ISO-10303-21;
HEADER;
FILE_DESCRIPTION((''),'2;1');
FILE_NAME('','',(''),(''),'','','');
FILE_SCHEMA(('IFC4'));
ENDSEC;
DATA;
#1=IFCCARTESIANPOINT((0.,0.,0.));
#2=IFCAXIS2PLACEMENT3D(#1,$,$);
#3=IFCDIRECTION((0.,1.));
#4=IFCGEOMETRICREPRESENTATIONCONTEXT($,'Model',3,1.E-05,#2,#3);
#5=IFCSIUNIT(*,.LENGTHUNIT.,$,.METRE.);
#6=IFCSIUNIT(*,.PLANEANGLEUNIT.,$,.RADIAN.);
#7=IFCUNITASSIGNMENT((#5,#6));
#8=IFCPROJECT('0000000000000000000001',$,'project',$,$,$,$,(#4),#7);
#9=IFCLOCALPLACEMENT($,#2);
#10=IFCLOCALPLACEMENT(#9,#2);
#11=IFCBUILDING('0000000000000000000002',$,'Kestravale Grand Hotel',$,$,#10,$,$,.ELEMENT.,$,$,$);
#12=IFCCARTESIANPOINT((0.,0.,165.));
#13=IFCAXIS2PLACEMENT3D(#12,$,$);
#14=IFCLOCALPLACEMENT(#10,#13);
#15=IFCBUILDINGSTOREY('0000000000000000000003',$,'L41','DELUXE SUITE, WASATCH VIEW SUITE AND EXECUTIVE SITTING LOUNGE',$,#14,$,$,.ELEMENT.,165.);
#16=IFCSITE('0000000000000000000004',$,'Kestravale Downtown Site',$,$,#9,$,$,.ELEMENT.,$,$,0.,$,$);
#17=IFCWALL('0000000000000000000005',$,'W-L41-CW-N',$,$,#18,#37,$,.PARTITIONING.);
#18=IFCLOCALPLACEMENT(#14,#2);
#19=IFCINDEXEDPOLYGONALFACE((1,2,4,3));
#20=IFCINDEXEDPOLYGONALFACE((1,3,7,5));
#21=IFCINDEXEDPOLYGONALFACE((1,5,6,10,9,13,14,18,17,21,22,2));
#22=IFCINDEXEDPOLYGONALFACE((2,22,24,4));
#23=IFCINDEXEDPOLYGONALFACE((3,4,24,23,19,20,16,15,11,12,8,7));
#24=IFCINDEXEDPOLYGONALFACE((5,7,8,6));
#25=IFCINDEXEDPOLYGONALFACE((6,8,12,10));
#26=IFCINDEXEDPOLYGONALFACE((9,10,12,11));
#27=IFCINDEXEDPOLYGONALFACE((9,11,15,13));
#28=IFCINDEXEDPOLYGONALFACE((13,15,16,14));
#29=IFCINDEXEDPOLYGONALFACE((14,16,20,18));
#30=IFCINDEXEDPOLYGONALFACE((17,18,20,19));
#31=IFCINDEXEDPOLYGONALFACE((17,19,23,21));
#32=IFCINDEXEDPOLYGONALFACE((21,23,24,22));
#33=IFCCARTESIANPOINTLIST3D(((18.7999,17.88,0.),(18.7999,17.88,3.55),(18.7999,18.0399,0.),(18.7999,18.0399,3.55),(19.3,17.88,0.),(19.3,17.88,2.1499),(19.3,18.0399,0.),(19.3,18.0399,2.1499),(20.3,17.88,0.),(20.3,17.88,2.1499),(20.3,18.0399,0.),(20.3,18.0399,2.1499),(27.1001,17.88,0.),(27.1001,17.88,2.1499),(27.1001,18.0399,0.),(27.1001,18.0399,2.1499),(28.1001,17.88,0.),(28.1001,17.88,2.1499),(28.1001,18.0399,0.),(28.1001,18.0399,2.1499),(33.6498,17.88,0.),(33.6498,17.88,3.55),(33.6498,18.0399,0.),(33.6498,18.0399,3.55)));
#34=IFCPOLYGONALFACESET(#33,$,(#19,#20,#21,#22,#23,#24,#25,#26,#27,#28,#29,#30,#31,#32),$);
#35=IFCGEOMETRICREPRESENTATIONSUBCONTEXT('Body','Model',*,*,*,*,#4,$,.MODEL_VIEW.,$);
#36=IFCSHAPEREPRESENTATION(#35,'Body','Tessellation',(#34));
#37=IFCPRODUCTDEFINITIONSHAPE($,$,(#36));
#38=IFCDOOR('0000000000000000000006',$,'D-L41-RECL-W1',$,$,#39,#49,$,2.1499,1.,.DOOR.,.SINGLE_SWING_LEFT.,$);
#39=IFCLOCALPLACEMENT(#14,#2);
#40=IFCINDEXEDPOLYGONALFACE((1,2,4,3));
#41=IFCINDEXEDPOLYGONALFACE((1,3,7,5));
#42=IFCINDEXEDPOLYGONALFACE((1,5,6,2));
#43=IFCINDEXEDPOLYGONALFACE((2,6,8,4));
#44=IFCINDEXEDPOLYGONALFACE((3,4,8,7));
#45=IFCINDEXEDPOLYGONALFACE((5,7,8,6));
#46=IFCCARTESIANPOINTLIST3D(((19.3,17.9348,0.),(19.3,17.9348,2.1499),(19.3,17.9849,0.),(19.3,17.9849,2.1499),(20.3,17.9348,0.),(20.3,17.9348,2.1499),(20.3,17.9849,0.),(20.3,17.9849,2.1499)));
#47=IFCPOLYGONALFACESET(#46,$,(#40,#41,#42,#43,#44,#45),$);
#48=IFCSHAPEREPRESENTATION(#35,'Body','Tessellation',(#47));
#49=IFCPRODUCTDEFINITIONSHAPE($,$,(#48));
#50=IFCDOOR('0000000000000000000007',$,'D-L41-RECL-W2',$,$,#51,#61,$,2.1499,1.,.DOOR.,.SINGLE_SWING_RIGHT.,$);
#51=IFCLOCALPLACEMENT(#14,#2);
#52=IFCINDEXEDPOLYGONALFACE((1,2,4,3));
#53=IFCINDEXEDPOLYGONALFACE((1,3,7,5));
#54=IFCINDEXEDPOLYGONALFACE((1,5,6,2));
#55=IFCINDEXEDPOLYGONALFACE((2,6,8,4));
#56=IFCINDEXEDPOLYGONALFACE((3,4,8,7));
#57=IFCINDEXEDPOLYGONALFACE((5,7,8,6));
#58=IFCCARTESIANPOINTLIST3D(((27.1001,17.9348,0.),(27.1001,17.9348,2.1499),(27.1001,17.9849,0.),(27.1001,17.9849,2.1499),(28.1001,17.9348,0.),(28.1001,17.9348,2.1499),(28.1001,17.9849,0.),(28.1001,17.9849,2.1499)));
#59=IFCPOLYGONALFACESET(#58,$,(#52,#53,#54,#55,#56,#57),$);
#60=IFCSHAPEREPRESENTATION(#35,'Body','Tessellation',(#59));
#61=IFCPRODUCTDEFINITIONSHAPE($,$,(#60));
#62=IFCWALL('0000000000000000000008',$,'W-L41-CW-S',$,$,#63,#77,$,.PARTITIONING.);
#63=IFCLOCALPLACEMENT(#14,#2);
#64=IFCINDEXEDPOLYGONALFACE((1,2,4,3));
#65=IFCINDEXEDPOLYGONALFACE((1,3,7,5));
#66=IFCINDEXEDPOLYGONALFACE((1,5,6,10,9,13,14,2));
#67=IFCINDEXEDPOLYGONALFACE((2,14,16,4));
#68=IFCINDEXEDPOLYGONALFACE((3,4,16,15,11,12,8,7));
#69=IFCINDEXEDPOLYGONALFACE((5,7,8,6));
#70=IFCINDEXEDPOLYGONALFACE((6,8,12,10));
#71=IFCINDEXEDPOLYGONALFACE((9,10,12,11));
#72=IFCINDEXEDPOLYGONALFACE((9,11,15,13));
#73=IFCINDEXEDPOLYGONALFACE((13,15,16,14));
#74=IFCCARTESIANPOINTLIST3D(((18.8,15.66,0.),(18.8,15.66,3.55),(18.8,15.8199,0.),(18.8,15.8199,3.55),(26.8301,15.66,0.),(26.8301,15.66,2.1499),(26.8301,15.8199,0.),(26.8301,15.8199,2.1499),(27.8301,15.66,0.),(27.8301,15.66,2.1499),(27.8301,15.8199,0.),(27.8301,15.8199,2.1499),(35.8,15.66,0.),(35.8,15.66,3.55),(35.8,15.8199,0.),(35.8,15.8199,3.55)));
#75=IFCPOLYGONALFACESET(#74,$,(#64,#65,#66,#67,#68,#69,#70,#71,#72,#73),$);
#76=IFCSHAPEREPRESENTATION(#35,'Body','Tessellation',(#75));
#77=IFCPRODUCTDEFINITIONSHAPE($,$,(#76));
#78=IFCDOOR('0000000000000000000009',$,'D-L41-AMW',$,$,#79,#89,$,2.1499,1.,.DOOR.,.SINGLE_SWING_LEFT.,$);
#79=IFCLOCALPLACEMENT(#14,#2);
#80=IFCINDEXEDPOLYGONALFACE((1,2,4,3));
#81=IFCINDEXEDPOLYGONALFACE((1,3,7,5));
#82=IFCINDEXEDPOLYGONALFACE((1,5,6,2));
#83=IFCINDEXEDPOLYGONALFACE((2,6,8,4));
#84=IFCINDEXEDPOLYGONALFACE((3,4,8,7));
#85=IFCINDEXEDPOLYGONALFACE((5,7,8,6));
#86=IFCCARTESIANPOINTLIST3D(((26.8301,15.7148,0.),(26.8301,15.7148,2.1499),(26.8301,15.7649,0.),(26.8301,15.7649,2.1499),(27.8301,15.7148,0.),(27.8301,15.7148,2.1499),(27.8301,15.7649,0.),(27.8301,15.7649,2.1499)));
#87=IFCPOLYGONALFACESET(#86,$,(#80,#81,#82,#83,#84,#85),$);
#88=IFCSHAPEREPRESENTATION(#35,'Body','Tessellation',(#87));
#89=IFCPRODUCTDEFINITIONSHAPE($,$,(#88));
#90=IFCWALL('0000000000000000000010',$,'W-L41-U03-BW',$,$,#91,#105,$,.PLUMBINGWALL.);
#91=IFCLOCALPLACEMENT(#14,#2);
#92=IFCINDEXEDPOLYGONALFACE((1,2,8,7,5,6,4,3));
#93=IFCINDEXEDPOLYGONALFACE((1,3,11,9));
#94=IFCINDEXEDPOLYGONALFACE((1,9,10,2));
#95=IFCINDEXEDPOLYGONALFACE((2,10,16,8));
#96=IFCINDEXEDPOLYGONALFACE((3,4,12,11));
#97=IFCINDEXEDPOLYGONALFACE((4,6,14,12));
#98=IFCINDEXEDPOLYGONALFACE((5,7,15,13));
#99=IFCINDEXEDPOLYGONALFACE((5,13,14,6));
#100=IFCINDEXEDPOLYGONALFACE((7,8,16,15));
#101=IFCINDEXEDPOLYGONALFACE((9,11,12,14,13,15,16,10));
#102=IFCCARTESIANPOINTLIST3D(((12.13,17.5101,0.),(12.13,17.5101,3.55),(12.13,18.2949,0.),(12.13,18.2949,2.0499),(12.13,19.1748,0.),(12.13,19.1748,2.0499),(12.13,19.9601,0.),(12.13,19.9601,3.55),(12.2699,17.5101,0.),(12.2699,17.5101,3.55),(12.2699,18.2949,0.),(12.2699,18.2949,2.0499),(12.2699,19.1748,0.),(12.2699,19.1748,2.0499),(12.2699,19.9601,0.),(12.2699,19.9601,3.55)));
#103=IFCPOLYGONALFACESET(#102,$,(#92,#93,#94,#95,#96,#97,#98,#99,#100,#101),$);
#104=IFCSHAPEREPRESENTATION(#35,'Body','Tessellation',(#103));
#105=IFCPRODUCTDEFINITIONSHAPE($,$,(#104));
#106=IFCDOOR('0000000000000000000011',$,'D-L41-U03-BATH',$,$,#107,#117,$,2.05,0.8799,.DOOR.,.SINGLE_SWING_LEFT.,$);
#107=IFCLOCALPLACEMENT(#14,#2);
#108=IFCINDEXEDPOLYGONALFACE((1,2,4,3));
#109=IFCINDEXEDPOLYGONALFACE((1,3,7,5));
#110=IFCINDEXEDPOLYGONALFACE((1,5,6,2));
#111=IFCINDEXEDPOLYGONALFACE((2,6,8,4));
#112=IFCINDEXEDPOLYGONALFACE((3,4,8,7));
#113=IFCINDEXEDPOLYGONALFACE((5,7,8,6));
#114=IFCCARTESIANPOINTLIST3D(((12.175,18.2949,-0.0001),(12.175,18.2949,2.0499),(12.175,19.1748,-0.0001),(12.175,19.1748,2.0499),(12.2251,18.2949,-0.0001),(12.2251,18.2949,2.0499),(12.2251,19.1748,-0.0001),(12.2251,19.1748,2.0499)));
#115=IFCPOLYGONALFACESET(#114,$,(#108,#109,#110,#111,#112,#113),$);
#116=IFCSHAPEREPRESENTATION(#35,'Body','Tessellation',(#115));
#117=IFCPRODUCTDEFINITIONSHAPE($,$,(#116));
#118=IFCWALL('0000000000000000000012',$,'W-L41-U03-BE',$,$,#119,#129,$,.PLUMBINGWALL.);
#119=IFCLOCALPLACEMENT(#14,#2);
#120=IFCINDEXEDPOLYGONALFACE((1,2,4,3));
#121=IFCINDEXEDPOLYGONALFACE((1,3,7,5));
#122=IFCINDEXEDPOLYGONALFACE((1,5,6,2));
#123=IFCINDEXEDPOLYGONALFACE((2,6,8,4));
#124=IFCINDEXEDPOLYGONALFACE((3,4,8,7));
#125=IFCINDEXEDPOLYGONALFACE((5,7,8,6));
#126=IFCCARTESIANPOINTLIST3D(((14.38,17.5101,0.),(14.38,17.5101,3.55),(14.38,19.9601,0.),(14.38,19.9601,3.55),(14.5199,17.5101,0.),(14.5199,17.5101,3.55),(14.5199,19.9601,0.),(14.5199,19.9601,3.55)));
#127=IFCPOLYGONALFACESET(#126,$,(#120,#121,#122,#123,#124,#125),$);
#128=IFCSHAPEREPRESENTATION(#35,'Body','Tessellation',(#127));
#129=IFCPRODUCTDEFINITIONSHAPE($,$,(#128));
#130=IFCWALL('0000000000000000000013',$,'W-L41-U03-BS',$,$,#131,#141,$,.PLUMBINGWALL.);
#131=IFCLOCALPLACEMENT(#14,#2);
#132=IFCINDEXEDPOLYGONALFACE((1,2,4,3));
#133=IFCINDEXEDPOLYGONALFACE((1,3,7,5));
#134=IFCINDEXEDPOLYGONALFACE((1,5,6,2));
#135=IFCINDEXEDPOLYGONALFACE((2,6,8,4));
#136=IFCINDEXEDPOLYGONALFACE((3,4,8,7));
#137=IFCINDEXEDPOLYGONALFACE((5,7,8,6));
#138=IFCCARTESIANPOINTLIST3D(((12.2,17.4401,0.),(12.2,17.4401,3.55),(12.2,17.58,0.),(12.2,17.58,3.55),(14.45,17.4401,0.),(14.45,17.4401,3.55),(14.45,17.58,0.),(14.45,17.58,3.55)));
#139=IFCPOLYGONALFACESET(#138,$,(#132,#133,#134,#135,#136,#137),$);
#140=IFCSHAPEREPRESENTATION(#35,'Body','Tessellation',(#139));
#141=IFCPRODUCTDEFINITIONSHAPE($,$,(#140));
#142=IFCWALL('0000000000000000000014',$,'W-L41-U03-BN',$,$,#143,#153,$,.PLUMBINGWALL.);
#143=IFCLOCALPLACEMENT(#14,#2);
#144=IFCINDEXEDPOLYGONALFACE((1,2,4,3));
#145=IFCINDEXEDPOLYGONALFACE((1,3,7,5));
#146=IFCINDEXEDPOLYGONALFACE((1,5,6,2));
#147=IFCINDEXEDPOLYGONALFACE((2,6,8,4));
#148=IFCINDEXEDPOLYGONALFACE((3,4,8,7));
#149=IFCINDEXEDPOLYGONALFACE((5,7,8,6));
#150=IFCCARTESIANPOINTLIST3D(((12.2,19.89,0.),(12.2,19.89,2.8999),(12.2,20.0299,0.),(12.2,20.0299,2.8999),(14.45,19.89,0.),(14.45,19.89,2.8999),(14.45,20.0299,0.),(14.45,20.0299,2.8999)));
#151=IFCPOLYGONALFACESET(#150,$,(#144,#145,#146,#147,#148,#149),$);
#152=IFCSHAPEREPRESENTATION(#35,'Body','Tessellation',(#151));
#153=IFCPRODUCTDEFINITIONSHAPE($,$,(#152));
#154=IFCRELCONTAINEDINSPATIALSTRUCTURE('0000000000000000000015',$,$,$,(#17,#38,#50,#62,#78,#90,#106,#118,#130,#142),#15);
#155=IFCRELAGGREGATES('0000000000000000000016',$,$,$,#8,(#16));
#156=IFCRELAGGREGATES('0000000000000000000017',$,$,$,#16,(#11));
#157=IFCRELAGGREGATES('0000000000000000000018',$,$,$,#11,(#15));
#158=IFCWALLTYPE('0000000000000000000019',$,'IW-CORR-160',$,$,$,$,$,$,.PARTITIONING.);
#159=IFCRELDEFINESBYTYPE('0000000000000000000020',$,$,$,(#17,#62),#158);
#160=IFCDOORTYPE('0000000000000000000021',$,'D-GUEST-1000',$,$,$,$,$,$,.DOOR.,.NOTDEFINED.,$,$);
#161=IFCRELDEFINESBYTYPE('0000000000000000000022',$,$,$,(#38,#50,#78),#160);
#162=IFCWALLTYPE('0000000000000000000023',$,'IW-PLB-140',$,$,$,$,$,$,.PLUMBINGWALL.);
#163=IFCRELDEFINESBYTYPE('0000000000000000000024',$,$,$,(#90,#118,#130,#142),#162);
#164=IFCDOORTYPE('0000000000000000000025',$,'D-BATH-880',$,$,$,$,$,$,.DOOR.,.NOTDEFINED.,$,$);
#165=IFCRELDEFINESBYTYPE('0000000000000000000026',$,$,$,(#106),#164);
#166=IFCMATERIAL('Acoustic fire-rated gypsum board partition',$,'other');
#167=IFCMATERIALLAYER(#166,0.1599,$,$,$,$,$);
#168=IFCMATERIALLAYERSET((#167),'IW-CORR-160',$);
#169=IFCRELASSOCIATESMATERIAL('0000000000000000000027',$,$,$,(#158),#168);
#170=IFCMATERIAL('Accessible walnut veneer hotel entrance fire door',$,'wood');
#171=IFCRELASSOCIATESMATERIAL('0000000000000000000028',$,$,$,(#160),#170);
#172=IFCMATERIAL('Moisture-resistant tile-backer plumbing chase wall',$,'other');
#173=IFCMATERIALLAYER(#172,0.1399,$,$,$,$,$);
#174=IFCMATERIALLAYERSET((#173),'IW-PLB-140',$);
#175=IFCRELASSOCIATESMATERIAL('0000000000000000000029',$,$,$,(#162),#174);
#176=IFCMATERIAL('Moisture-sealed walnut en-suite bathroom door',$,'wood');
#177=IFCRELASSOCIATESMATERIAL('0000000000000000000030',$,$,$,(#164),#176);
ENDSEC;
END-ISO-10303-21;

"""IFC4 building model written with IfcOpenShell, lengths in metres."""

from ifc_helpers import new_model, si_unit, direction, frame, frame_2d, origin, place, context, subcontext, project, spatial, rectangle, extrude, material, layer, layer_set, type_object, element, fill, save


model = new_model("IFC4")

# Units and contexts
model_context = context("Model", 3, precision=1e-05, world=origin(), true_north=direction((0.0, 1.0)))
body_context = subcontext(model_context, "Body", "Model", "MODEL_VIEW")
ifc_project = project(units=[si_unit("LENGTHUNIT", "METRE"), si_unit("PLANEANGLEUNIT", "RADIAN")], contexts=[model_context])

# Site, building, storey
site_placement = place(None, origin())
site = spatial("IfcSite", under=ifc_project, at=site_placement, Name="Kestravale Downtown Site", CompositionType="ELEMENT", RefElevation=0.0)
building_placement = place(site_placement, origin())
building = spatial("IfcBuilding", under=site, at=building_placement, Name="Kestravale Grand Hotel", CompositionType="ELEMENT")
storey_placement = place(building_placement, frame((0.0, 0.0, 165.0)))
storey = spatial("IfcBuildingStorey", under=building, at=storey_placement, Name="L41", Description="DELUXE SUITE, WASATCH VIEW SUITE AND EXECUTIVE SITTING LOUNGE", CompositionType="ELEMENT", Elevation=165.0)

# Wall, openings, doors
ifc_material_1 = material(Name="Acoustic fire-rated gypsum board partition", Category="other")
ifc_layer_1 = layer(ifc_material_1, 0.1599)
ifc_layer_set_1 = layer_set([ifc_layer_1], Name="IW-CORR-160")
wall_type_1 = type_object("IfcWallType", Name="IW-CORR-160", PredefinedType="PARTITIONING", material=ifc_layer_set_1)
wall_1_placement = place(storey_placement, frame((18.8, 17.96, 0.0), z_axis=(0.0, 0.0, 1.0), x_axis=(1.0, 0.0, 0.0)))
wall_1 = element("IfcWall", 1, at=wall_1_placement, inside=storey, type_object=wall_type_1, Name="W-L41-CW-N", PredefinedType="PARTITIONING", context=body_context, shape_type="SweptSolid", body=[
    extrude(rectangle(XDim=14.8499, YDim=0.1599, at=frame_2d((7.4248, 0.0))), origin(), (0.0, 0.0, 1.0), 3.55),
])
opening_1_placement = place(wall_1_placement, frame((0.5, 0.0, 0.0)))
opening_1 = element("IfcOpeningElement", 2, at=opening_1_placement, cuts=wall_1, PredefinedType="OPENING", context=body_context, shape_type="SweptSolid", body=[
    extrude(rectangle(XDim=1.0, YDim=2.1499, at=frame_2d((0.5, 1.075))), frame((0.0, 0.0898, 0.0), z_axis=(0.0, -1.0, 0.0), x_axis=(1.0, 0.0, 0.0)), (0.0, 0.0, 1.0), 0.1799),
])
opening_2_placement = place(wall_1_placement, frame((8.3, 0.0, 0.0)))
opening_2 = element("IfcOpeningElement", 3, at=opening_2_placement, cuts=wall_1, PredefinedType="OPENING", context=body_context, shape_type="SweptSolid", body=[
    extrude(rectangle(XDim=1.0, YDim=2.1499, at=frame_2d((0.5, 1.075))), frame((0.0, 0.0898, 0.0), z_axis=(0.0, -1.0, 0.0), x_axis=(1.0, 0.0, 0.0)), (0.0, 0.0, 1.0), 0.1799),
])
ifc_material_2 = material(Name="Accessible walnut veneer hotel entrance fire door", Category="wood")
door_type_1 = type_object("IfcDoorType", Name="D-GUEST-1000", OperationType="NOTDEFINED", PredefinedType="DOOR", material=ifc_material_2)
door_1_placement = place(opening_1_placement, origin())
door_1 = element("IfcDoor", 4, at=door_1_placement, inside=storey, type_object=door_type_1, Name="D-L41-RECL-W1", OperationType="SINGLE_SWING_LEFT", OverallHeight=2.1499, OverallWidth=1.0, PredefinedType="DOOR", context=body_context, shape_type="SweptSolid", body=[
    extrude(rectangle(XDim=1.0, YDim=2.1499, at=frame_2d((0.5, 1.075))), frame((0.0, 0.0249, 0.0), z_axis=(0.0, -1.0, 0.0), x_axis=(1.0, 0.0, 0.0)), (0.0, 0.0, 1.0), 0.05),
])
fill(opening_1, door_1)
door_2_placement = place(opening_2_placement, origin())
door_2 = element("IfcDoor", 5, at=door_2_placement, inside=storey, type_object=door_type_1, Name="D-L41-RECL-W2", OperationType="SINGLE_SWING_RIGHT", OverallHeight=2.1499, OverallWidth=1.0, PredefinedType="DOOR", context=body_context, shape_type="SweptSolid", body=[
    extrude(rectangle(XDim=1.0, YDim=2.1499, at=frame_2d((0.5, 1.075))), frame((0.0, 0.0249, 0.0), z_axis=(0.0, -1.0, 0.0), x_axis=(1.0, 0.0, 0.0)), (0.0, 0.0, 1.0), 0.05),
])
fill(opening_2, door_2)

# Walls, openings, doors
wall_2_placement = place(storey_placement, frame((18.8, 15.74, 0.0), z_axis=(0.0, 0.0, 1.0), x_axis=(1.0, 0.0, 0.0)))
wall_2 = element("IfcWall", 6, at=wall_2_placement, inside=storey, type_object=wall_type_1, Name="W-L41-CW-S", PredefinedType="PARTITIONING", context=body_context, shape_type="SweptSolid", body=[
    extrude(rectangle(XDim=17.0, YDim=0.1599, at=frame_2d((8.5, 0.0))), origin(), (0.0, 0.0, 1.0), 3.55),
])
opening_3_placement = place(wall_2_placement, frame((8.03, 0.0, 0.0)))
opening_3 = element("IfcOpeningElement", 7, at=opening_3_placement, cuts=wall_2, PredefinedType="OPENING", context=body_context, shape_type="SweptSolid", body=[
    extrude(rectangle(XDim=1.0, YDim=2.1499, at=frame_2d((0.5, 1.075))), frame((0.0, 0.0898, 0.0), z_axis=(0.0, -1.0, 0.0), x_axis=(1.0, 0.0, 0.0)), (0.0, 0.0, 1.0), 0.1799),
])
door_3_placement = place(opening_3_placement, origin())
door_3 = element("IfcDoor", 8, at=door_3_placement, inside=storey, type_object=door_type_1, Name="D-L41-AMW", OperationType="SINGLE_SWING_LEFT", OverallHeight=2.1499, OverallWidth=1.0, PredefinedType="DOOR", context=body_context, shape_type="SweptSolid", body=[
    extrude(rectangle(XDim=1.0, YDim=2.1499, at=frame_2d((0.5, 1.075))), frame((0.0, 0.0249, 0.0), z_axis=(0.0, -1.0, 0.0), x_axis=(1.0, 0.0, 0.0)), (0.0, 0.0, 1.0), 0.05),
])
fill(opening_3, door_3)
ifc_material_3 = material(Name="Moisture-resistant tile-backer plumbing chase wall", Category="other")
ifc_layer_2 = layer(ifc_material_3, 0.1399)
ifc_layer_set_2 = layer_set([ifc_layer_2], Name="IW-PLB-140")
wall_type_2 = type_object("IfcWallType", Name="IW-PLB-140", PredefinedType="PLUMBINGWALL", material=ifc_layer_set_2)
wall_3_placement = place(storey_placement, frame((12.2, 17.51, 0.0), z_axis=(0.0, 0.0, 1.0), x_axis=(0.0, 1.0, 0.0)))
wall_3 = element("IfcWall", 9, at=wall_3_placement, inside=storey, type_object=wall_type_2, Name="W-L41-U03-BW", PredefinedType="PLUMBINGWALL", context=body_context, shape_type="SweptSolid", body=[
    extrude(rectangle(XDim=2.45, YDim=0.1399, at=frame_2d((1.2251, 0.0))), origin(), (0.0, 0.0, 1.0), 3.55),
])
opening_4_placement = place(wall_3_placement, frame((0.7849, 0.0, 0.0)))
opening_4 = element("IfcOpeningElement", 10, at=opening_4_placement, cuts=wall_3, PredefinedType="OPENING", context=body_context, shape_type="SweptSolid", body=[
    extrude(rectangle(XDim=0.8799, YDim=2.05, at=frame_2d((0.4399, 1.0249))), frame((0.0, 0.0798, 0.0), z_axis=(0.0, -1.0, 0.0), x_axis=(1.0, 0.0, 0.0)), (0.0, 0.0, 1.0), 0.1599),
])
ifc_material_4 = material(Name="Moisture-sealed walnut en-suite bathroom door", Category="wood")
door_type_2 = type_object("IfcDoorType", Name="D-BATH-880", OperationType="NOTDEFINED", PredefinedType="DOOR", material=ifc_material_4)
door_4_placement = place(opening_4_placement, origin())
door_4 = element("IfcDoor", 11, at=door_4_placement, inside=storey, type_object=door_type_2, Name="D-L41-U03-BATH", OperationType="SINGLE_SWING_LEFT", OverallHeight=2.05, OverallWidth=0.8799, PredefinedType="DOOR", context=body_context, shape_type="SweptSolid", body=[
    extrude(rectangle(XDim=0.8799, YDim=2.05, at=frame_2d((0.4399, 1.0249))), frame((0.0, 0.0249, 0.0), z_axis=(0.0, -1.0, 0.0), x_axis=(1.0, 0.0, 0.0)), (0.0, 0.0, 1.0), 0.05),
])
fill(opening_4, door_4)

# Walls
wall_4_placement = place(storey_placement, frame((14.45, 17.51, 0.0), z_axis=(0.0, 0.0, 1.0), x_axis=(0.0, 1.0, 0.0)))
element("IfcWall", 12, at=wall_4_placement, inside=storey, type_object=wall_type_2, Name="W-L41-U03-BE", PredefinedType="PLUMBINGWALL", context=body_context, shape_type="SweptSolid", body=[
    extrude(rectangle(XDim=2.45, YDim=0.1399, at=frame_2d((1.2251, 0.0))), origin(), (0.0, 0.0, 1.0), 3.55),
])
wall_5_placement = place(storey_placement, frame((12.2, 17.51, 0.0), z_axis=(0.0, 0.0, 1.0), x_axis=(1.0, 0.0, 0.0)))
element("IfcWall", 13, at=wall_5_placement, inside=storey, type_object=wall_type_2, Name="W-L41-U03-BS", PredefinedType="PLUMBINGWALL", context=body_context, shape_type="SweptSolid", body=[
    extrude(rectangle(XDim=2.25, YDim=0.1399, at=frame_2d((1.125, 0.0))), origin(), (0.0, 0.0, 1.0), 3.55),
])
wall_6_placement = place(storey_placement, frame((12.2, 19.96, 0.0), z_axis=(0.0, 0.0, 1.0), x_axis=(1.0, 0.0, 0.0)))
element("IfcWall", 14, at=wall_6_placement, inside=storey, type_object=wall_type_2, Name="W-L41-U03-BN", PredefinedType="PLUMBINGWALL", context=body_context, shape_type="SweptSolid", body=[
    extrude(rectangle(XDim=2.25, YDim=0.1399, at=frame_2d((1.125, 0.0))), origin(), (0.0, 0.0, 1.0), 2.8999),
])

save(model, "model.ifc")
